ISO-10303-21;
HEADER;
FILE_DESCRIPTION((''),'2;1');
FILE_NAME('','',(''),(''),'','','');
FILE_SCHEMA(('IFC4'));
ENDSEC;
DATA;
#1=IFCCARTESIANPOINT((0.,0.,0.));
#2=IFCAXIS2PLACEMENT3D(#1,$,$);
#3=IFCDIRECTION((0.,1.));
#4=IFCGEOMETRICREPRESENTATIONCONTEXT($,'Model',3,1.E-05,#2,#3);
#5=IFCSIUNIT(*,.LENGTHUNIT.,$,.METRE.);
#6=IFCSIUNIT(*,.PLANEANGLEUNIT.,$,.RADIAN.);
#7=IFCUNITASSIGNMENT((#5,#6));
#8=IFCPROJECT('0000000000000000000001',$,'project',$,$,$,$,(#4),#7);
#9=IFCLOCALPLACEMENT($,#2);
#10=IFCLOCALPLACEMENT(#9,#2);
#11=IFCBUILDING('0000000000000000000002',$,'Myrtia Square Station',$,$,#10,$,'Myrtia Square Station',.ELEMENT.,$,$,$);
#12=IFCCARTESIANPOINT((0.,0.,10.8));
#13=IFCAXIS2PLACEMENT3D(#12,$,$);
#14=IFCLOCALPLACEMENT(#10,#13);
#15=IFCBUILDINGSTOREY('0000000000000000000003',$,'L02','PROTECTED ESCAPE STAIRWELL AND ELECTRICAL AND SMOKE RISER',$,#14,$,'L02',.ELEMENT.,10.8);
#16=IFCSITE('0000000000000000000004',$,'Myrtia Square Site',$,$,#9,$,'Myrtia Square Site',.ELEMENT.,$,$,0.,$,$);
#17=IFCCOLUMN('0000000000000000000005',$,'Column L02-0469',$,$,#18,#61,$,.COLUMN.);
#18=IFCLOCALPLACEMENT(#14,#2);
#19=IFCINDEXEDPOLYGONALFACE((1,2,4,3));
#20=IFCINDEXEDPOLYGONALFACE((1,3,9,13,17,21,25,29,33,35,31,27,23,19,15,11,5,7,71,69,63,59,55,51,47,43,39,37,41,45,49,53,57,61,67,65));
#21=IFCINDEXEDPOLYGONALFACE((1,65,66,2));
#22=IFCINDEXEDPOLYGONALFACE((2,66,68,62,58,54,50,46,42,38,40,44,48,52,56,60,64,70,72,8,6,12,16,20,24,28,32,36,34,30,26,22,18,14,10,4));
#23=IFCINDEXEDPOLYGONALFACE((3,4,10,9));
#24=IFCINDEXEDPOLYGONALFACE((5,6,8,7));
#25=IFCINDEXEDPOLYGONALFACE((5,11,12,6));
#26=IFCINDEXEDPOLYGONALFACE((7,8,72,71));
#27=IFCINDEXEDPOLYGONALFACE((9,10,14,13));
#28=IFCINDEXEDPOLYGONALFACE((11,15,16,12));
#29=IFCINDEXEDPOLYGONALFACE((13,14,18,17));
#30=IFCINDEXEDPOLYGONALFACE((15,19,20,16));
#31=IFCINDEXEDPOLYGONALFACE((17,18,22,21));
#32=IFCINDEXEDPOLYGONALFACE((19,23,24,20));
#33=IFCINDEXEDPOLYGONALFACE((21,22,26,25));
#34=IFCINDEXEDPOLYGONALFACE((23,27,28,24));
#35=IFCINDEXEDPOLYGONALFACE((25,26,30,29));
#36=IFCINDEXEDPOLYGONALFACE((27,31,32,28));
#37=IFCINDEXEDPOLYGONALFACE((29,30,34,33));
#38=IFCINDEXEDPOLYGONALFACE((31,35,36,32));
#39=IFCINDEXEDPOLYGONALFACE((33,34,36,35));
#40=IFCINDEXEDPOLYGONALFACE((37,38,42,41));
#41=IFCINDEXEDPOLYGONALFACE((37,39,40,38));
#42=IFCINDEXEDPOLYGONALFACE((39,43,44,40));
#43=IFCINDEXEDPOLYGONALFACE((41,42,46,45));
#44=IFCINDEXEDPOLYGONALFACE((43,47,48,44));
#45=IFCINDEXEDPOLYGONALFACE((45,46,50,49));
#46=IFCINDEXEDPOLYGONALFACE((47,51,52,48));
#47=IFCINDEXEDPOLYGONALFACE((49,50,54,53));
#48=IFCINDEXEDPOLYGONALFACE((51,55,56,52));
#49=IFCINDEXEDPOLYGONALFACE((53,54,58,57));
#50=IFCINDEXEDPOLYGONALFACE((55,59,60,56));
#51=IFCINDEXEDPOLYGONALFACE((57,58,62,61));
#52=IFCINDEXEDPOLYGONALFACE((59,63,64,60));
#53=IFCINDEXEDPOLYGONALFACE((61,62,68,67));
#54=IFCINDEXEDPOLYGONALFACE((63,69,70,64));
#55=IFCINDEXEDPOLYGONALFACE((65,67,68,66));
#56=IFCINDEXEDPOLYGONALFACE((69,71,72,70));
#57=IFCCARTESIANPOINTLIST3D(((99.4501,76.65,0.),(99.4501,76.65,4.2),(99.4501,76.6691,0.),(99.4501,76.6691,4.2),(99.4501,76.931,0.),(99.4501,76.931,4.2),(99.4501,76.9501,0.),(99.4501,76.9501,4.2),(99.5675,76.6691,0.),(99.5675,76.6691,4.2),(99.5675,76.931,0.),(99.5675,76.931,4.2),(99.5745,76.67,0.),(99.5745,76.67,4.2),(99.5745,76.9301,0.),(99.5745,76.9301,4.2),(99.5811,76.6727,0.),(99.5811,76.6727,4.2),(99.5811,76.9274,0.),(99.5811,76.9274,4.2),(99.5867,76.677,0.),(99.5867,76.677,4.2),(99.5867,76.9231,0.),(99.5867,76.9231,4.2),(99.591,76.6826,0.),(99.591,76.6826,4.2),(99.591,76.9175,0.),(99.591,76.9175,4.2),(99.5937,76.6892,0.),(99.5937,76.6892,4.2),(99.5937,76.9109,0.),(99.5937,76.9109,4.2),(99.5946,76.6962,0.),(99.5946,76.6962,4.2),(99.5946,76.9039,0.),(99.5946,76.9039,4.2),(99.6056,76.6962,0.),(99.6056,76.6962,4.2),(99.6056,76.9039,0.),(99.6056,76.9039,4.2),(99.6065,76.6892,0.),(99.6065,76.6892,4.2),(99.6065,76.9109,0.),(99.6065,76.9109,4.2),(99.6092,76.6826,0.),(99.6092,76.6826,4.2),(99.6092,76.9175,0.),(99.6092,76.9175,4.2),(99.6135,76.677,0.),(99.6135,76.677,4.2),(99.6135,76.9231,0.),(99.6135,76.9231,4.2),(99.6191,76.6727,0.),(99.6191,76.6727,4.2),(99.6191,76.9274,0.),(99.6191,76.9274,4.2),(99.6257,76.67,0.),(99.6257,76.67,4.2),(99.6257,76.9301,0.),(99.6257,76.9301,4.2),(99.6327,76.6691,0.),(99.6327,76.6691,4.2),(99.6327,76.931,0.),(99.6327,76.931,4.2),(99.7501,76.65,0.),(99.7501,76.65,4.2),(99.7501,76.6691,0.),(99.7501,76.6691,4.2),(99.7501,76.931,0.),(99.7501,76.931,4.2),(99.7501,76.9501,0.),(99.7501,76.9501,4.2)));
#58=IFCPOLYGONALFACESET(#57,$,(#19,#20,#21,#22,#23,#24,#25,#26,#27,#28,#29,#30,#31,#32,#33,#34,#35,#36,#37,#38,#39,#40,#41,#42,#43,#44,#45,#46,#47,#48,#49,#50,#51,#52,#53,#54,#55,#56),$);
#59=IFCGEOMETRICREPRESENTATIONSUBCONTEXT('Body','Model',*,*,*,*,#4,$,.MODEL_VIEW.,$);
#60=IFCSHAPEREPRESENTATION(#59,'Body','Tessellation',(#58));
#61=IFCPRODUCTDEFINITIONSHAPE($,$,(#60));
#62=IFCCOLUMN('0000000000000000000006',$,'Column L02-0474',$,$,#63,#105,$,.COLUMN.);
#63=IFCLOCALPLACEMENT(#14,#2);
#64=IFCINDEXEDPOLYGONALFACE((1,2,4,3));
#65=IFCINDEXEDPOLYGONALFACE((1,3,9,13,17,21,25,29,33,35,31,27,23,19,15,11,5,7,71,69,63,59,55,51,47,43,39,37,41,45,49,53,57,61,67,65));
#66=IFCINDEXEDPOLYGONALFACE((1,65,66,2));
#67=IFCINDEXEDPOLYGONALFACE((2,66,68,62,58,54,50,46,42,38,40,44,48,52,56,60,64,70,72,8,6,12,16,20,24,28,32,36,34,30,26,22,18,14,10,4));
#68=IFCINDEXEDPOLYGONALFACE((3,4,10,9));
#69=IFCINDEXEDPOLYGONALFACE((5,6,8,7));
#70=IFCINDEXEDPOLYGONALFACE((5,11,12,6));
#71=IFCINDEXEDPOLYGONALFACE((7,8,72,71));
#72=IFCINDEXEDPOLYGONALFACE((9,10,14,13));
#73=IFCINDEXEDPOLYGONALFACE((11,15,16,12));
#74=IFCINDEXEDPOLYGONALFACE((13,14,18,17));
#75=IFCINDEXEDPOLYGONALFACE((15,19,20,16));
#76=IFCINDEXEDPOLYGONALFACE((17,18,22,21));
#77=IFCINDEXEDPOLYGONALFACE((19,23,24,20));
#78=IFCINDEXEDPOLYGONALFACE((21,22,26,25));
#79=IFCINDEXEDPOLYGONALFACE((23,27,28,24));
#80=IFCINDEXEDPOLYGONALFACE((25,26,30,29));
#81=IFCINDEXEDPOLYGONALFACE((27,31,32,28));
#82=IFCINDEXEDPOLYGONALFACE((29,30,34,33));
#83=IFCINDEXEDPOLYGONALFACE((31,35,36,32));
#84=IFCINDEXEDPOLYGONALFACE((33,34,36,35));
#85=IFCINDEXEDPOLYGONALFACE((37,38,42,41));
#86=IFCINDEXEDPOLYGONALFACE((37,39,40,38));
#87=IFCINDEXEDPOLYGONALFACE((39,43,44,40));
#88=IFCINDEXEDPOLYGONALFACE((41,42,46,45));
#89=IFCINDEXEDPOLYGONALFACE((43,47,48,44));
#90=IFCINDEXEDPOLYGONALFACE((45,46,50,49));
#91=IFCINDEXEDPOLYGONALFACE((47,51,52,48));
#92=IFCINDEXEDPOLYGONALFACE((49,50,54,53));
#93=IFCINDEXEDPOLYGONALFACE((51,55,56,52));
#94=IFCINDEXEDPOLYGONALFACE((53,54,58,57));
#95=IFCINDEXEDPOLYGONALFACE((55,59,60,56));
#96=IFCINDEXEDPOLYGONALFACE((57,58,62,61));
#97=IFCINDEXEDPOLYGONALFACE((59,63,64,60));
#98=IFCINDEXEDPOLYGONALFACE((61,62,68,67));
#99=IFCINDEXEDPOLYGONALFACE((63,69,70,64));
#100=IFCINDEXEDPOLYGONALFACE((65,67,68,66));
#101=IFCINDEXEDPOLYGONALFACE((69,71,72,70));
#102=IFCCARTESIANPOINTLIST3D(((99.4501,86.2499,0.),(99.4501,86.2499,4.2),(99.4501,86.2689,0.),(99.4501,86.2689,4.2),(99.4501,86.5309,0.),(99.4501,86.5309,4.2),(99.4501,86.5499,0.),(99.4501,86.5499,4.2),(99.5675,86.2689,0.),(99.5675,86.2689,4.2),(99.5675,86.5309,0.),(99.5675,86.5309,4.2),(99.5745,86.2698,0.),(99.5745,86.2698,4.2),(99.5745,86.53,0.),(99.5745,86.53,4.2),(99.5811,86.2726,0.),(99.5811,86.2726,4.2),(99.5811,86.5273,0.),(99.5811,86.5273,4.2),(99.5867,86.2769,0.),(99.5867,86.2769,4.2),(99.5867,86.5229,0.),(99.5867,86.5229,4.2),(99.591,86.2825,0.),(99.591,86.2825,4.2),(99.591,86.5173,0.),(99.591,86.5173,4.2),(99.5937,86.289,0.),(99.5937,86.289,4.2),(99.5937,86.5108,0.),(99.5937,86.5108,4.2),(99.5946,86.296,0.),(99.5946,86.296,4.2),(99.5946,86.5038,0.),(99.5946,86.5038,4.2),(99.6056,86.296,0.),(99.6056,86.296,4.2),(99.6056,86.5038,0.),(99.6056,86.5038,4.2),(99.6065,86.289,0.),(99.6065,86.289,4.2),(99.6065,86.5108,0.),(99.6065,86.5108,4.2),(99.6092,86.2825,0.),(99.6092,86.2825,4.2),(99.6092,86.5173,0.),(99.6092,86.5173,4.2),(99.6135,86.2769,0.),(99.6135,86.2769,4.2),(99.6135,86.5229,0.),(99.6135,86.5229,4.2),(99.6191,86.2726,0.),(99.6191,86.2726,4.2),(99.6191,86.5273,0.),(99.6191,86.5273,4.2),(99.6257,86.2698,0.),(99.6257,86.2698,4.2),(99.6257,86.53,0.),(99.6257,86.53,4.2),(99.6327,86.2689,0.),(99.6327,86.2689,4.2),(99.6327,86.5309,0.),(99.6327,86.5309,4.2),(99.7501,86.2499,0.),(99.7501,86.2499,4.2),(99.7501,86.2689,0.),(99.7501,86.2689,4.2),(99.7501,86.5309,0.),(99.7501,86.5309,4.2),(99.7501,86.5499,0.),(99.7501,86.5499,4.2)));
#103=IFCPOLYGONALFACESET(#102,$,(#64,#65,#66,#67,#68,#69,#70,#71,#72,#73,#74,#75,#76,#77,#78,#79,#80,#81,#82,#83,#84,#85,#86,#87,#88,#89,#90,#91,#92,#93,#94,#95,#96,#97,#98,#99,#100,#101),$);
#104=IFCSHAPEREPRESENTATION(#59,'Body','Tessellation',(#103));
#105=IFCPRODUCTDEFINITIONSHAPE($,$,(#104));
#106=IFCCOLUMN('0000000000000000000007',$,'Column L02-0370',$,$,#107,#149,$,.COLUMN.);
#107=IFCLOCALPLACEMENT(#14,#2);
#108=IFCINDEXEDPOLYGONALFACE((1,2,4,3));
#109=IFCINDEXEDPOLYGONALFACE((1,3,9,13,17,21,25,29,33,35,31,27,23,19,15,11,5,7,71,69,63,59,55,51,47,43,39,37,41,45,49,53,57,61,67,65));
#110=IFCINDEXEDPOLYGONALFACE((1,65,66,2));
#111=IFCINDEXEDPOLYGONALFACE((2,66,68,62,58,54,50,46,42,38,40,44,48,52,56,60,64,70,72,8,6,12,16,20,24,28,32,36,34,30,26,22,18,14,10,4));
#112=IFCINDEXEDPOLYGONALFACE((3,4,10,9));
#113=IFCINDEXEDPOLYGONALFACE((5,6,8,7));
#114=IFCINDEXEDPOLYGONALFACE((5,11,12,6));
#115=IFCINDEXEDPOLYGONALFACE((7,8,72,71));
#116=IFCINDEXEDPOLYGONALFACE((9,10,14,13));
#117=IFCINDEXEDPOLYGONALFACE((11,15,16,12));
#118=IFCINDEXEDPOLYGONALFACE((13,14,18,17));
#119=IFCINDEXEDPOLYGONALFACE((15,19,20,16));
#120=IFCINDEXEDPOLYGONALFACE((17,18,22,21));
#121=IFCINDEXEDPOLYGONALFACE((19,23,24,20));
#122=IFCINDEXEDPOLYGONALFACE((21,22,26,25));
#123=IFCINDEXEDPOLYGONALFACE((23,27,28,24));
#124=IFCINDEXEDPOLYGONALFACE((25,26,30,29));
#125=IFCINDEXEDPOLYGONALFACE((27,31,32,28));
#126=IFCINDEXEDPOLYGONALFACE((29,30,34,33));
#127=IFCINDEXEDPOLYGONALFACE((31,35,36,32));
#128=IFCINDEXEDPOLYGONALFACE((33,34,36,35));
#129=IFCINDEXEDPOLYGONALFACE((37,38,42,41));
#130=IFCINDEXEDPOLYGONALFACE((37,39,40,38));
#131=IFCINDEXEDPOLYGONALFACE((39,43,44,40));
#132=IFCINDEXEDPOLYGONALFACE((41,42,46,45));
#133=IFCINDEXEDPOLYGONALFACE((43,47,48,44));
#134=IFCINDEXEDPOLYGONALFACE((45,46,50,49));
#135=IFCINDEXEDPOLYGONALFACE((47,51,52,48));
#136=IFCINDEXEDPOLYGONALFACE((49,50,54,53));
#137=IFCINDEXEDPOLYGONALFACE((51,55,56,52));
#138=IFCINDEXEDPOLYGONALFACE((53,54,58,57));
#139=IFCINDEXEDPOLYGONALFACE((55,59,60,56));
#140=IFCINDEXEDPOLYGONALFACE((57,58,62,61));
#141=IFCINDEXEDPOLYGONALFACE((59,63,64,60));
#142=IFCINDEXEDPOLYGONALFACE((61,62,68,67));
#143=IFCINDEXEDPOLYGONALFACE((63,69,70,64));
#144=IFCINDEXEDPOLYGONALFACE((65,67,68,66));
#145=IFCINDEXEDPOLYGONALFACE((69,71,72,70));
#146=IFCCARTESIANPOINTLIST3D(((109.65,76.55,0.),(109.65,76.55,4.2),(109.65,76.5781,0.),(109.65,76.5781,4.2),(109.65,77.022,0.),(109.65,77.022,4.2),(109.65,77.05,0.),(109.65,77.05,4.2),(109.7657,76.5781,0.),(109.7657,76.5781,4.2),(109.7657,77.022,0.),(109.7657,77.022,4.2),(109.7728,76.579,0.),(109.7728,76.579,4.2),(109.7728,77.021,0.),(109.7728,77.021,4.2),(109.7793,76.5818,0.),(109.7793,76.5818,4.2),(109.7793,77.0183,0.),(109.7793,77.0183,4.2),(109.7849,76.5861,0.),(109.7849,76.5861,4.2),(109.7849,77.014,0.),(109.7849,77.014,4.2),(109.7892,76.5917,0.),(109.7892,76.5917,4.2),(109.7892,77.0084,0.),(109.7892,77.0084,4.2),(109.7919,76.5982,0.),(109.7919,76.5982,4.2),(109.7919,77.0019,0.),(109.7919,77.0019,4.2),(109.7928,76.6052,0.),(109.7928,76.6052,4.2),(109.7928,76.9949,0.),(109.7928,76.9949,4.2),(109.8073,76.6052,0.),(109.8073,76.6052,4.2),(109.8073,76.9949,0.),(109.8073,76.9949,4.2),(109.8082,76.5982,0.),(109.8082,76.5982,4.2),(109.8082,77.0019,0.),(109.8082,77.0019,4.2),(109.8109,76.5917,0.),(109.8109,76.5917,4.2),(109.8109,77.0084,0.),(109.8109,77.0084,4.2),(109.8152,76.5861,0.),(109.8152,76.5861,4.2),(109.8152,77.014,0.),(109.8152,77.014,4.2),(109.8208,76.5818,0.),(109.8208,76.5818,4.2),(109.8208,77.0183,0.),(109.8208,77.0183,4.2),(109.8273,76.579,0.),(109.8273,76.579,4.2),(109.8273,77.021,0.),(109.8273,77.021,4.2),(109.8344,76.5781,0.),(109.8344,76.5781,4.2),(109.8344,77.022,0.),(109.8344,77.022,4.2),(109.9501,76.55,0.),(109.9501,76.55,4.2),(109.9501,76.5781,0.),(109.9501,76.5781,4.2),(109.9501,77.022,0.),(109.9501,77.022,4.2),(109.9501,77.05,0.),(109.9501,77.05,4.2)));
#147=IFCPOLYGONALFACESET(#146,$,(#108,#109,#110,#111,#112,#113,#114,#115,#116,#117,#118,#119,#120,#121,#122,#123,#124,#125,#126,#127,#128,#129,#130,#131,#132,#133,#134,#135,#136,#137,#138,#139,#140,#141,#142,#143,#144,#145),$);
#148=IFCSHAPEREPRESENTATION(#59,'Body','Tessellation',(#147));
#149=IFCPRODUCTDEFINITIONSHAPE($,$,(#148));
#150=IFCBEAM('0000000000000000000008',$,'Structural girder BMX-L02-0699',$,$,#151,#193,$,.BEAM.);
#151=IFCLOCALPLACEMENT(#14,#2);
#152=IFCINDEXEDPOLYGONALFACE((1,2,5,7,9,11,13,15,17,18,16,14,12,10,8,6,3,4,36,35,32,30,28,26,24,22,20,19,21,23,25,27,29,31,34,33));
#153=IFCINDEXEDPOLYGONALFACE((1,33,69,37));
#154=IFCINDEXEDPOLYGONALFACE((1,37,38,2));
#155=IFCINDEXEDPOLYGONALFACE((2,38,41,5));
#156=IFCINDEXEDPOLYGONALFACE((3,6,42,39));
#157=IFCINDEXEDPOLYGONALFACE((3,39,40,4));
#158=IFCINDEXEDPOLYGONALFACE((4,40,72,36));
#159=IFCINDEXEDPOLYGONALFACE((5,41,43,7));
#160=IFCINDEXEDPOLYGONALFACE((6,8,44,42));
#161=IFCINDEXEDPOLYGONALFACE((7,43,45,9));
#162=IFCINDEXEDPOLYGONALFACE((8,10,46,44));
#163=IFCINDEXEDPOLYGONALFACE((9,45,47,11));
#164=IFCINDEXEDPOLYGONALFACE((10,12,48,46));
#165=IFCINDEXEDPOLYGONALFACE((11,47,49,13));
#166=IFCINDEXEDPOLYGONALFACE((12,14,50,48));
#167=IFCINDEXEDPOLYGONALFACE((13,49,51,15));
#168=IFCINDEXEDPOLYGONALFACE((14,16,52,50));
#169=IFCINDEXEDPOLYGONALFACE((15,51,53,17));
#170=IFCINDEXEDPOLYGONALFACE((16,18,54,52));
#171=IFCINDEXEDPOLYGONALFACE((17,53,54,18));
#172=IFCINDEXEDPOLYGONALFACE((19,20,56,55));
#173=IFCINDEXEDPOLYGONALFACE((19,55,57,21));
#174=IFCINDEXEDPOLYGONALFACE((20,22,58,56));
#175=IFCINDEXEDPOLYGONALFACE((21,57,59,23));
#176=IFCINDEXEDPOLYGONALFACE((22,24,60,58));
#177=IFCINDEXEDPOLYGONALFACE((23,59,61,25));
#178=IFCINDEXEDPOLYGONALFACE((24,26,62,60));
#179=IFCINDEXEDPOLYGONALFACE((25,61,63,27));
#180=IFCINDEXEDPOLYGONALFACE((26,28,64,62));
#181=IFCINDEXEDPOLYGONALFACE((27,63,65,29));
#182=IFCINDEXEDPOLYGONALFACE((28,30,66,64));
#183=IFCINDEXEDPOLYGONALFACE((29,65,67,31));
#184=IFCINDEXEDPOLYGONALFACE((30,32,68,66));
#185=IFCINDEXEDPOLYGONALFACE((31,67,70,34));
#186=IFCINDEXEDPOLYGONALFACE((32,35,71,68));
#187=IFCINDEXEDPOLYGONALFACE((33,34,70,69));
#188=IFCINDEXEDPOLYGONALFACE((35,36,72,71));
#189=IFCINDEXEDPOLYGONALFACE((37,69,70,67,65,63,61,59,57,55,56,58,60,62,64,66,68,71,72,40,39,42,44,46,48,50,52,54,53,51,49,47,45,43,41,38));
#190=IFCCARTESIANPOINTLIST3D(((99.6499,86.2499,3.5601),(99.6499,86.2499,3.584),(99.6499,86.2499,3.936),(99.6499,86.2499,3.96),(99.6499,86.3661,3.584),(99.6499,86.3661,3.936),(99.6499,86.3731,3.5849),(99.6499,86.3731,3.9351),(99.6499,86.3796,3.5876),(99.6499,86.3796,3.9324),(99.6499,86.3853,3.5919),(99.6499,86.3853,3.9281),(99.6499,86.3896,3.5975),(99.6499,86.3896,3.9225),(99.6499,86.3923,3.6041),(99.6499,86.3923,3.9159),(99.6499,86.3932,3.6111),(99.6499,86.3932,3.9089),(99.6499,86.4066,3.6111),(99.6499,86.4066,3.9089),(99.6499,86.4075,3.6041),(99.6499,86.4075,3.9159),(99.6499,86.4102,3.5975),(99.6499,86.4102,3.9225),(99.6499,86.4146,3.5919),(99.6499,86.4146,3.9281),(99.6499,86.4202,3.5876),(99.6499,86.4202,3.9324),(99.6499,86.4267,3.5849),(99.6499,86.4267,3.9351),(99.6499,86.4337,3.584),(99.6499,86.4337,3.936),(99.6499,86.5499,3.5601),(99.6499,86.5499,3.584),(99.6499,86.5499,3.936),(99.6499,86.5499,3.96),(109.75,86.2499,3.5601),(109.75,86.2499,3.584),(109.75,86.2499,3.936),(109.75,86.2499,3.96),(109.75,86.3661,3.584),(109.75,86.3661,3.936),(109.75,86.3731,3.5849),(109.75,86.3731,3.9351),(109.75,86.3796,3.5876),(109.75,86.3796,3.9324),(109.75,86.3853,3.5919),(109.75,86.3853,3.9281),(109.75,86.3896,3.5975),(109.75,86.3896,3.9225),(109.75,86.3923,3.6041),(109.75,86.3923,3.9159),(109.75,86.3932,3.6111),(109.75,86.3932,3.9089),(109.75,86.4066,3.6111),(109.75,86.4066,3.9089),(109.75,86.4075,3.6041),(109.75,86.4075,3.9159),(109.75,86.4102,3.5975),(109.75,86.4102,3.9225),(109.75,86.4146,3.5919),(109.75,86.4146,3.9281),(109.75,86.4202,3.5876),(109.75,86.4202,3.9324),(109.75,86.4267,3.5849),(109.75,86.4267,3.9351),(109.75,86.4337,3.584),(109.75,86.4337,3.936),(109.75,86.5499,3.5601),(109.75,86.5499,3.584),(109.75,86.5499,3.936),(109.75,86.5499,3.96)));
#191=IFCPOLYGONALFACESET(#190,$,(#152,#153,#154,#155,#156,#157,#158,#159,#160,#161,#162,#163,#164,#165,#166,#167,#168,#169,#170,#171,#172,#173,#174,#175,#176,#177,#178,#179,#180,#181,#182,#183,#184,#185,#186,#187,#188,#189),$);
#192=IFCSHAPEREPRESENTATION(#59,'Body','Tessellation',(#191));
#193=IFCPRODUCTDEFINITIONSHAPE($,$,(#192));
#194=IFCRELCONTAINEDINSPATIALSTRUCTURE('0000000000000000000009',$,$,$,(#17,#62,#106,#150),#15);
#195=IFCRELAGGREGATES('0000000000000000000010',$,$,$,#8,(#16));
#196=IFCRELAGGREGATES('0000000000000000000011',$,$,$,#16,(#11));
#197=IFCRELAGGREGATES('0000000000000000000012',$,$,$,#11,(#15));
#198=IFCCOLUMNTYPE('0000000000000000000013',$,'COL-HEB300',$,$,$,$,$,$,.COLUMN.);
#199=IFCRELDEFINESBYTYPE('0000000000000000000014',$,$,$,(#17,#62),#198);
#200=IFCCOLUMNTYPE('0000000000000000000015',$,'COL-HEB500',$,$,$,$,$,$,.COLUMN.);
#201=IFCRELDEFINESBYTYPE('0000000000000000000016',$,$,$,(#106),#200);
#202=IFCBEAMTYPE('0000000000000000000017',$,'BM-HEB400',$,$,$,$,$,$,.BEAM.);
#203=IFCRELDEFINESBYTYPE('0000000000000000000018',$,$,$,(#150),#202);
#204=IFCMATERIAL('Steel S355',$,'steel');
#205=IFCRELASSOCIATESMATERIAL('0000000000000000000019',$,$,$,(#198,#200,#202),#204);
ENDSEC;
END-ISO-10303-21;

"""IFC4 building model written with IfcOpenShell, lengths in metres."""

from ifc_helpers import new_model, si_unit, direction, frame, origin, origin_2d, place, context, subcontext, project, spatial, i_section, extrude, material, material_profile, profile_set, type_object, element, save


model = new_model("IFC4")

# Units and contexts
model_context = context("Model", 3, precision=1e-05, world=origin(), true_north=direction((0.0, 1.0)))
body_context = subcontext(model_context, "Body", "Model", "MODEL_VIEW")
ifc_project = project(units=[si_unit("LENGTHUNIT", "METRE"), si_unit("PLANEANGLEUNIT", "RADIAN")], contexts=[model_context])

# Site, building, storey
site_placement = place(None, origin())
site = spatial("IfcSite", under=ifc_project, at=site_placement, Name="Myrtia Square Site", LongName="Myrtia Square Site", CompositionType="ELEMENT", RefElevation=0.0)
building_placement = place(site_placement, origin())
building = spatial("IfcBuilding", under=site, at=building_placement, Name="Myrtia Square Station", LongName="Myrtia Square Station", CompositionType="ELEMENT")
storey_placement = place(building_placement, frame((0.0, 0.0, 10.8)))
storey = spatial("IfcBuildingStorey", under=building, at=storey_placement, Name="L02", Description="PROTECTED ESCAPE STAIRWELL AND ELECTRICAL AND SMOKE RISER", LongName="L02", CompositionType="ELEMENT", Elevation=10.8)

# Columns
ifc_material_1 = material(Name="Steel S355", Category="steel")
ifc_material_profile_1 = material_profile(ifc_material_1, i_section(OverallWidth=0.3, OverallDepth=0.3, WebThickness=0.011, FlangeThickness=0.019, FilletRadius=0.0271, at=origin_2d()), Name="HEB 300")
ifc_profile_set_1 = profile_set([ifc_material_profile_1], Name="Steel S355")
column_type_1 = type_object("IfcColumnType", Name="COL-HEB300", PredefinedType="COLUMN", material=ifc_profile_set_1)
for number, where, z_axis, x_axis, name in (
    (1, (99.6001, 76.8, 0.0), (0.0, 0.0, 1.0), (1.0, 0.0, 0.0), "Column L02-0469"),
    (2, (99.6001, 86.3999, 0.0), (0.0, 0.0, 1.0), (1.0, 0.0, 0.0), "Column L02-0474"),
):
    element("IfcColumn", number, at=place(storey_placement, frame(where, z_axis=z_axis, x_axis=x_axis)), inside=storey, type_object=column_type_1, Name=name, PredefinedType="COLUMN", context=body_context, shape_type="SweptSolid", body=[
        extrude(i_section(OverallWidth=0.3, OverallDepth=0.3, WebThickness=0.011, FlangeThickness=0.019, FilletRadius=0.0271, at=origin_2d()), origin(), (0.0, 0.0, 1.0), 4.2),
    ])
ifc_material_profile_2 = material_profile(ifc_material_1, i_section(OverallWidth=0.3, OverallDepth=0.5, WebThickness=0.0144, FlangeThickness=0.0281, FilletRadius=0.0271, at=origin_2d()), Name="HEB 500")
ifc_profile_set_2 = profile_set([ifc_material_profile_2], Name="Steel S355")
column_type_2 = type_object("IfcColumnType", Name="COL-HEB500", PredefinedType="COLUMN", material=ifc_profile_set_2)
column_placement = place(storey_placement, frame((109.8, 76.8, 0.0), z_axis=(0.0, 0.0, 1.0), x_axis=(1.0, 0.0, 0.0)))
element("IfcColumn", 3, at=column_placement, inside=storey, type_object=column_type_2, Name="Column L02-0370", PredefinedType="COLUMN", context=body_context, shape_type="SweptSolid", body=[
    extrude(i_section(OverallWidth=0.3, OverallDepth=0.5, WebThickness=0.0144, FlangeThickness=0.0281, FilletRadius=0.0271, at=origin_2d()), origin(), (0.0, 0.0, 1.0), 4.2),
])

# Beam
ifc_material_profile_3 = material_profile(ifc_material_1, i_section(OverallWidth=0.3, OverallDepth=0.3999, WebThickness=0.0134, FlangeThickness=0.0239, FilletRadius=0.0271, at=origin_2d()), Name="HEB 400")
ifc_profile_set_3 = profile_set([ifc_material_profile_3], Name="Steel S355")
beam_type_1 = type_object("IfcBeamType", Name="BM-HEB400", PredefinedType="BEAM", material=ifc_profile_set_3)
beam_placement = place(storey_placement, frame((99.6499, 86.3999, 3.76), z_axis=(1.0, 0.0, 0.0), x_axis=(0.0, 1.0, 0.0)))
element("IfcBeam", 4, at=beam_placement, inside=storey, type_object=beam_type_1, Name="Structural girder BMX-L02-0699", PredefinedType="BEAM", context=body_context, shape_type="SweptSolid", body=[
    extrude(i_section(OverallWidth=0.3, OverallDepth=0.3999, WebThickness=0.0134, FlangeThickness=0.0239, FilletRadius=0.0271, at=origin_2d()), origin(), (0.0, 0.0, 1.0), 10.1001),
])

save(model, "model.ifc")
